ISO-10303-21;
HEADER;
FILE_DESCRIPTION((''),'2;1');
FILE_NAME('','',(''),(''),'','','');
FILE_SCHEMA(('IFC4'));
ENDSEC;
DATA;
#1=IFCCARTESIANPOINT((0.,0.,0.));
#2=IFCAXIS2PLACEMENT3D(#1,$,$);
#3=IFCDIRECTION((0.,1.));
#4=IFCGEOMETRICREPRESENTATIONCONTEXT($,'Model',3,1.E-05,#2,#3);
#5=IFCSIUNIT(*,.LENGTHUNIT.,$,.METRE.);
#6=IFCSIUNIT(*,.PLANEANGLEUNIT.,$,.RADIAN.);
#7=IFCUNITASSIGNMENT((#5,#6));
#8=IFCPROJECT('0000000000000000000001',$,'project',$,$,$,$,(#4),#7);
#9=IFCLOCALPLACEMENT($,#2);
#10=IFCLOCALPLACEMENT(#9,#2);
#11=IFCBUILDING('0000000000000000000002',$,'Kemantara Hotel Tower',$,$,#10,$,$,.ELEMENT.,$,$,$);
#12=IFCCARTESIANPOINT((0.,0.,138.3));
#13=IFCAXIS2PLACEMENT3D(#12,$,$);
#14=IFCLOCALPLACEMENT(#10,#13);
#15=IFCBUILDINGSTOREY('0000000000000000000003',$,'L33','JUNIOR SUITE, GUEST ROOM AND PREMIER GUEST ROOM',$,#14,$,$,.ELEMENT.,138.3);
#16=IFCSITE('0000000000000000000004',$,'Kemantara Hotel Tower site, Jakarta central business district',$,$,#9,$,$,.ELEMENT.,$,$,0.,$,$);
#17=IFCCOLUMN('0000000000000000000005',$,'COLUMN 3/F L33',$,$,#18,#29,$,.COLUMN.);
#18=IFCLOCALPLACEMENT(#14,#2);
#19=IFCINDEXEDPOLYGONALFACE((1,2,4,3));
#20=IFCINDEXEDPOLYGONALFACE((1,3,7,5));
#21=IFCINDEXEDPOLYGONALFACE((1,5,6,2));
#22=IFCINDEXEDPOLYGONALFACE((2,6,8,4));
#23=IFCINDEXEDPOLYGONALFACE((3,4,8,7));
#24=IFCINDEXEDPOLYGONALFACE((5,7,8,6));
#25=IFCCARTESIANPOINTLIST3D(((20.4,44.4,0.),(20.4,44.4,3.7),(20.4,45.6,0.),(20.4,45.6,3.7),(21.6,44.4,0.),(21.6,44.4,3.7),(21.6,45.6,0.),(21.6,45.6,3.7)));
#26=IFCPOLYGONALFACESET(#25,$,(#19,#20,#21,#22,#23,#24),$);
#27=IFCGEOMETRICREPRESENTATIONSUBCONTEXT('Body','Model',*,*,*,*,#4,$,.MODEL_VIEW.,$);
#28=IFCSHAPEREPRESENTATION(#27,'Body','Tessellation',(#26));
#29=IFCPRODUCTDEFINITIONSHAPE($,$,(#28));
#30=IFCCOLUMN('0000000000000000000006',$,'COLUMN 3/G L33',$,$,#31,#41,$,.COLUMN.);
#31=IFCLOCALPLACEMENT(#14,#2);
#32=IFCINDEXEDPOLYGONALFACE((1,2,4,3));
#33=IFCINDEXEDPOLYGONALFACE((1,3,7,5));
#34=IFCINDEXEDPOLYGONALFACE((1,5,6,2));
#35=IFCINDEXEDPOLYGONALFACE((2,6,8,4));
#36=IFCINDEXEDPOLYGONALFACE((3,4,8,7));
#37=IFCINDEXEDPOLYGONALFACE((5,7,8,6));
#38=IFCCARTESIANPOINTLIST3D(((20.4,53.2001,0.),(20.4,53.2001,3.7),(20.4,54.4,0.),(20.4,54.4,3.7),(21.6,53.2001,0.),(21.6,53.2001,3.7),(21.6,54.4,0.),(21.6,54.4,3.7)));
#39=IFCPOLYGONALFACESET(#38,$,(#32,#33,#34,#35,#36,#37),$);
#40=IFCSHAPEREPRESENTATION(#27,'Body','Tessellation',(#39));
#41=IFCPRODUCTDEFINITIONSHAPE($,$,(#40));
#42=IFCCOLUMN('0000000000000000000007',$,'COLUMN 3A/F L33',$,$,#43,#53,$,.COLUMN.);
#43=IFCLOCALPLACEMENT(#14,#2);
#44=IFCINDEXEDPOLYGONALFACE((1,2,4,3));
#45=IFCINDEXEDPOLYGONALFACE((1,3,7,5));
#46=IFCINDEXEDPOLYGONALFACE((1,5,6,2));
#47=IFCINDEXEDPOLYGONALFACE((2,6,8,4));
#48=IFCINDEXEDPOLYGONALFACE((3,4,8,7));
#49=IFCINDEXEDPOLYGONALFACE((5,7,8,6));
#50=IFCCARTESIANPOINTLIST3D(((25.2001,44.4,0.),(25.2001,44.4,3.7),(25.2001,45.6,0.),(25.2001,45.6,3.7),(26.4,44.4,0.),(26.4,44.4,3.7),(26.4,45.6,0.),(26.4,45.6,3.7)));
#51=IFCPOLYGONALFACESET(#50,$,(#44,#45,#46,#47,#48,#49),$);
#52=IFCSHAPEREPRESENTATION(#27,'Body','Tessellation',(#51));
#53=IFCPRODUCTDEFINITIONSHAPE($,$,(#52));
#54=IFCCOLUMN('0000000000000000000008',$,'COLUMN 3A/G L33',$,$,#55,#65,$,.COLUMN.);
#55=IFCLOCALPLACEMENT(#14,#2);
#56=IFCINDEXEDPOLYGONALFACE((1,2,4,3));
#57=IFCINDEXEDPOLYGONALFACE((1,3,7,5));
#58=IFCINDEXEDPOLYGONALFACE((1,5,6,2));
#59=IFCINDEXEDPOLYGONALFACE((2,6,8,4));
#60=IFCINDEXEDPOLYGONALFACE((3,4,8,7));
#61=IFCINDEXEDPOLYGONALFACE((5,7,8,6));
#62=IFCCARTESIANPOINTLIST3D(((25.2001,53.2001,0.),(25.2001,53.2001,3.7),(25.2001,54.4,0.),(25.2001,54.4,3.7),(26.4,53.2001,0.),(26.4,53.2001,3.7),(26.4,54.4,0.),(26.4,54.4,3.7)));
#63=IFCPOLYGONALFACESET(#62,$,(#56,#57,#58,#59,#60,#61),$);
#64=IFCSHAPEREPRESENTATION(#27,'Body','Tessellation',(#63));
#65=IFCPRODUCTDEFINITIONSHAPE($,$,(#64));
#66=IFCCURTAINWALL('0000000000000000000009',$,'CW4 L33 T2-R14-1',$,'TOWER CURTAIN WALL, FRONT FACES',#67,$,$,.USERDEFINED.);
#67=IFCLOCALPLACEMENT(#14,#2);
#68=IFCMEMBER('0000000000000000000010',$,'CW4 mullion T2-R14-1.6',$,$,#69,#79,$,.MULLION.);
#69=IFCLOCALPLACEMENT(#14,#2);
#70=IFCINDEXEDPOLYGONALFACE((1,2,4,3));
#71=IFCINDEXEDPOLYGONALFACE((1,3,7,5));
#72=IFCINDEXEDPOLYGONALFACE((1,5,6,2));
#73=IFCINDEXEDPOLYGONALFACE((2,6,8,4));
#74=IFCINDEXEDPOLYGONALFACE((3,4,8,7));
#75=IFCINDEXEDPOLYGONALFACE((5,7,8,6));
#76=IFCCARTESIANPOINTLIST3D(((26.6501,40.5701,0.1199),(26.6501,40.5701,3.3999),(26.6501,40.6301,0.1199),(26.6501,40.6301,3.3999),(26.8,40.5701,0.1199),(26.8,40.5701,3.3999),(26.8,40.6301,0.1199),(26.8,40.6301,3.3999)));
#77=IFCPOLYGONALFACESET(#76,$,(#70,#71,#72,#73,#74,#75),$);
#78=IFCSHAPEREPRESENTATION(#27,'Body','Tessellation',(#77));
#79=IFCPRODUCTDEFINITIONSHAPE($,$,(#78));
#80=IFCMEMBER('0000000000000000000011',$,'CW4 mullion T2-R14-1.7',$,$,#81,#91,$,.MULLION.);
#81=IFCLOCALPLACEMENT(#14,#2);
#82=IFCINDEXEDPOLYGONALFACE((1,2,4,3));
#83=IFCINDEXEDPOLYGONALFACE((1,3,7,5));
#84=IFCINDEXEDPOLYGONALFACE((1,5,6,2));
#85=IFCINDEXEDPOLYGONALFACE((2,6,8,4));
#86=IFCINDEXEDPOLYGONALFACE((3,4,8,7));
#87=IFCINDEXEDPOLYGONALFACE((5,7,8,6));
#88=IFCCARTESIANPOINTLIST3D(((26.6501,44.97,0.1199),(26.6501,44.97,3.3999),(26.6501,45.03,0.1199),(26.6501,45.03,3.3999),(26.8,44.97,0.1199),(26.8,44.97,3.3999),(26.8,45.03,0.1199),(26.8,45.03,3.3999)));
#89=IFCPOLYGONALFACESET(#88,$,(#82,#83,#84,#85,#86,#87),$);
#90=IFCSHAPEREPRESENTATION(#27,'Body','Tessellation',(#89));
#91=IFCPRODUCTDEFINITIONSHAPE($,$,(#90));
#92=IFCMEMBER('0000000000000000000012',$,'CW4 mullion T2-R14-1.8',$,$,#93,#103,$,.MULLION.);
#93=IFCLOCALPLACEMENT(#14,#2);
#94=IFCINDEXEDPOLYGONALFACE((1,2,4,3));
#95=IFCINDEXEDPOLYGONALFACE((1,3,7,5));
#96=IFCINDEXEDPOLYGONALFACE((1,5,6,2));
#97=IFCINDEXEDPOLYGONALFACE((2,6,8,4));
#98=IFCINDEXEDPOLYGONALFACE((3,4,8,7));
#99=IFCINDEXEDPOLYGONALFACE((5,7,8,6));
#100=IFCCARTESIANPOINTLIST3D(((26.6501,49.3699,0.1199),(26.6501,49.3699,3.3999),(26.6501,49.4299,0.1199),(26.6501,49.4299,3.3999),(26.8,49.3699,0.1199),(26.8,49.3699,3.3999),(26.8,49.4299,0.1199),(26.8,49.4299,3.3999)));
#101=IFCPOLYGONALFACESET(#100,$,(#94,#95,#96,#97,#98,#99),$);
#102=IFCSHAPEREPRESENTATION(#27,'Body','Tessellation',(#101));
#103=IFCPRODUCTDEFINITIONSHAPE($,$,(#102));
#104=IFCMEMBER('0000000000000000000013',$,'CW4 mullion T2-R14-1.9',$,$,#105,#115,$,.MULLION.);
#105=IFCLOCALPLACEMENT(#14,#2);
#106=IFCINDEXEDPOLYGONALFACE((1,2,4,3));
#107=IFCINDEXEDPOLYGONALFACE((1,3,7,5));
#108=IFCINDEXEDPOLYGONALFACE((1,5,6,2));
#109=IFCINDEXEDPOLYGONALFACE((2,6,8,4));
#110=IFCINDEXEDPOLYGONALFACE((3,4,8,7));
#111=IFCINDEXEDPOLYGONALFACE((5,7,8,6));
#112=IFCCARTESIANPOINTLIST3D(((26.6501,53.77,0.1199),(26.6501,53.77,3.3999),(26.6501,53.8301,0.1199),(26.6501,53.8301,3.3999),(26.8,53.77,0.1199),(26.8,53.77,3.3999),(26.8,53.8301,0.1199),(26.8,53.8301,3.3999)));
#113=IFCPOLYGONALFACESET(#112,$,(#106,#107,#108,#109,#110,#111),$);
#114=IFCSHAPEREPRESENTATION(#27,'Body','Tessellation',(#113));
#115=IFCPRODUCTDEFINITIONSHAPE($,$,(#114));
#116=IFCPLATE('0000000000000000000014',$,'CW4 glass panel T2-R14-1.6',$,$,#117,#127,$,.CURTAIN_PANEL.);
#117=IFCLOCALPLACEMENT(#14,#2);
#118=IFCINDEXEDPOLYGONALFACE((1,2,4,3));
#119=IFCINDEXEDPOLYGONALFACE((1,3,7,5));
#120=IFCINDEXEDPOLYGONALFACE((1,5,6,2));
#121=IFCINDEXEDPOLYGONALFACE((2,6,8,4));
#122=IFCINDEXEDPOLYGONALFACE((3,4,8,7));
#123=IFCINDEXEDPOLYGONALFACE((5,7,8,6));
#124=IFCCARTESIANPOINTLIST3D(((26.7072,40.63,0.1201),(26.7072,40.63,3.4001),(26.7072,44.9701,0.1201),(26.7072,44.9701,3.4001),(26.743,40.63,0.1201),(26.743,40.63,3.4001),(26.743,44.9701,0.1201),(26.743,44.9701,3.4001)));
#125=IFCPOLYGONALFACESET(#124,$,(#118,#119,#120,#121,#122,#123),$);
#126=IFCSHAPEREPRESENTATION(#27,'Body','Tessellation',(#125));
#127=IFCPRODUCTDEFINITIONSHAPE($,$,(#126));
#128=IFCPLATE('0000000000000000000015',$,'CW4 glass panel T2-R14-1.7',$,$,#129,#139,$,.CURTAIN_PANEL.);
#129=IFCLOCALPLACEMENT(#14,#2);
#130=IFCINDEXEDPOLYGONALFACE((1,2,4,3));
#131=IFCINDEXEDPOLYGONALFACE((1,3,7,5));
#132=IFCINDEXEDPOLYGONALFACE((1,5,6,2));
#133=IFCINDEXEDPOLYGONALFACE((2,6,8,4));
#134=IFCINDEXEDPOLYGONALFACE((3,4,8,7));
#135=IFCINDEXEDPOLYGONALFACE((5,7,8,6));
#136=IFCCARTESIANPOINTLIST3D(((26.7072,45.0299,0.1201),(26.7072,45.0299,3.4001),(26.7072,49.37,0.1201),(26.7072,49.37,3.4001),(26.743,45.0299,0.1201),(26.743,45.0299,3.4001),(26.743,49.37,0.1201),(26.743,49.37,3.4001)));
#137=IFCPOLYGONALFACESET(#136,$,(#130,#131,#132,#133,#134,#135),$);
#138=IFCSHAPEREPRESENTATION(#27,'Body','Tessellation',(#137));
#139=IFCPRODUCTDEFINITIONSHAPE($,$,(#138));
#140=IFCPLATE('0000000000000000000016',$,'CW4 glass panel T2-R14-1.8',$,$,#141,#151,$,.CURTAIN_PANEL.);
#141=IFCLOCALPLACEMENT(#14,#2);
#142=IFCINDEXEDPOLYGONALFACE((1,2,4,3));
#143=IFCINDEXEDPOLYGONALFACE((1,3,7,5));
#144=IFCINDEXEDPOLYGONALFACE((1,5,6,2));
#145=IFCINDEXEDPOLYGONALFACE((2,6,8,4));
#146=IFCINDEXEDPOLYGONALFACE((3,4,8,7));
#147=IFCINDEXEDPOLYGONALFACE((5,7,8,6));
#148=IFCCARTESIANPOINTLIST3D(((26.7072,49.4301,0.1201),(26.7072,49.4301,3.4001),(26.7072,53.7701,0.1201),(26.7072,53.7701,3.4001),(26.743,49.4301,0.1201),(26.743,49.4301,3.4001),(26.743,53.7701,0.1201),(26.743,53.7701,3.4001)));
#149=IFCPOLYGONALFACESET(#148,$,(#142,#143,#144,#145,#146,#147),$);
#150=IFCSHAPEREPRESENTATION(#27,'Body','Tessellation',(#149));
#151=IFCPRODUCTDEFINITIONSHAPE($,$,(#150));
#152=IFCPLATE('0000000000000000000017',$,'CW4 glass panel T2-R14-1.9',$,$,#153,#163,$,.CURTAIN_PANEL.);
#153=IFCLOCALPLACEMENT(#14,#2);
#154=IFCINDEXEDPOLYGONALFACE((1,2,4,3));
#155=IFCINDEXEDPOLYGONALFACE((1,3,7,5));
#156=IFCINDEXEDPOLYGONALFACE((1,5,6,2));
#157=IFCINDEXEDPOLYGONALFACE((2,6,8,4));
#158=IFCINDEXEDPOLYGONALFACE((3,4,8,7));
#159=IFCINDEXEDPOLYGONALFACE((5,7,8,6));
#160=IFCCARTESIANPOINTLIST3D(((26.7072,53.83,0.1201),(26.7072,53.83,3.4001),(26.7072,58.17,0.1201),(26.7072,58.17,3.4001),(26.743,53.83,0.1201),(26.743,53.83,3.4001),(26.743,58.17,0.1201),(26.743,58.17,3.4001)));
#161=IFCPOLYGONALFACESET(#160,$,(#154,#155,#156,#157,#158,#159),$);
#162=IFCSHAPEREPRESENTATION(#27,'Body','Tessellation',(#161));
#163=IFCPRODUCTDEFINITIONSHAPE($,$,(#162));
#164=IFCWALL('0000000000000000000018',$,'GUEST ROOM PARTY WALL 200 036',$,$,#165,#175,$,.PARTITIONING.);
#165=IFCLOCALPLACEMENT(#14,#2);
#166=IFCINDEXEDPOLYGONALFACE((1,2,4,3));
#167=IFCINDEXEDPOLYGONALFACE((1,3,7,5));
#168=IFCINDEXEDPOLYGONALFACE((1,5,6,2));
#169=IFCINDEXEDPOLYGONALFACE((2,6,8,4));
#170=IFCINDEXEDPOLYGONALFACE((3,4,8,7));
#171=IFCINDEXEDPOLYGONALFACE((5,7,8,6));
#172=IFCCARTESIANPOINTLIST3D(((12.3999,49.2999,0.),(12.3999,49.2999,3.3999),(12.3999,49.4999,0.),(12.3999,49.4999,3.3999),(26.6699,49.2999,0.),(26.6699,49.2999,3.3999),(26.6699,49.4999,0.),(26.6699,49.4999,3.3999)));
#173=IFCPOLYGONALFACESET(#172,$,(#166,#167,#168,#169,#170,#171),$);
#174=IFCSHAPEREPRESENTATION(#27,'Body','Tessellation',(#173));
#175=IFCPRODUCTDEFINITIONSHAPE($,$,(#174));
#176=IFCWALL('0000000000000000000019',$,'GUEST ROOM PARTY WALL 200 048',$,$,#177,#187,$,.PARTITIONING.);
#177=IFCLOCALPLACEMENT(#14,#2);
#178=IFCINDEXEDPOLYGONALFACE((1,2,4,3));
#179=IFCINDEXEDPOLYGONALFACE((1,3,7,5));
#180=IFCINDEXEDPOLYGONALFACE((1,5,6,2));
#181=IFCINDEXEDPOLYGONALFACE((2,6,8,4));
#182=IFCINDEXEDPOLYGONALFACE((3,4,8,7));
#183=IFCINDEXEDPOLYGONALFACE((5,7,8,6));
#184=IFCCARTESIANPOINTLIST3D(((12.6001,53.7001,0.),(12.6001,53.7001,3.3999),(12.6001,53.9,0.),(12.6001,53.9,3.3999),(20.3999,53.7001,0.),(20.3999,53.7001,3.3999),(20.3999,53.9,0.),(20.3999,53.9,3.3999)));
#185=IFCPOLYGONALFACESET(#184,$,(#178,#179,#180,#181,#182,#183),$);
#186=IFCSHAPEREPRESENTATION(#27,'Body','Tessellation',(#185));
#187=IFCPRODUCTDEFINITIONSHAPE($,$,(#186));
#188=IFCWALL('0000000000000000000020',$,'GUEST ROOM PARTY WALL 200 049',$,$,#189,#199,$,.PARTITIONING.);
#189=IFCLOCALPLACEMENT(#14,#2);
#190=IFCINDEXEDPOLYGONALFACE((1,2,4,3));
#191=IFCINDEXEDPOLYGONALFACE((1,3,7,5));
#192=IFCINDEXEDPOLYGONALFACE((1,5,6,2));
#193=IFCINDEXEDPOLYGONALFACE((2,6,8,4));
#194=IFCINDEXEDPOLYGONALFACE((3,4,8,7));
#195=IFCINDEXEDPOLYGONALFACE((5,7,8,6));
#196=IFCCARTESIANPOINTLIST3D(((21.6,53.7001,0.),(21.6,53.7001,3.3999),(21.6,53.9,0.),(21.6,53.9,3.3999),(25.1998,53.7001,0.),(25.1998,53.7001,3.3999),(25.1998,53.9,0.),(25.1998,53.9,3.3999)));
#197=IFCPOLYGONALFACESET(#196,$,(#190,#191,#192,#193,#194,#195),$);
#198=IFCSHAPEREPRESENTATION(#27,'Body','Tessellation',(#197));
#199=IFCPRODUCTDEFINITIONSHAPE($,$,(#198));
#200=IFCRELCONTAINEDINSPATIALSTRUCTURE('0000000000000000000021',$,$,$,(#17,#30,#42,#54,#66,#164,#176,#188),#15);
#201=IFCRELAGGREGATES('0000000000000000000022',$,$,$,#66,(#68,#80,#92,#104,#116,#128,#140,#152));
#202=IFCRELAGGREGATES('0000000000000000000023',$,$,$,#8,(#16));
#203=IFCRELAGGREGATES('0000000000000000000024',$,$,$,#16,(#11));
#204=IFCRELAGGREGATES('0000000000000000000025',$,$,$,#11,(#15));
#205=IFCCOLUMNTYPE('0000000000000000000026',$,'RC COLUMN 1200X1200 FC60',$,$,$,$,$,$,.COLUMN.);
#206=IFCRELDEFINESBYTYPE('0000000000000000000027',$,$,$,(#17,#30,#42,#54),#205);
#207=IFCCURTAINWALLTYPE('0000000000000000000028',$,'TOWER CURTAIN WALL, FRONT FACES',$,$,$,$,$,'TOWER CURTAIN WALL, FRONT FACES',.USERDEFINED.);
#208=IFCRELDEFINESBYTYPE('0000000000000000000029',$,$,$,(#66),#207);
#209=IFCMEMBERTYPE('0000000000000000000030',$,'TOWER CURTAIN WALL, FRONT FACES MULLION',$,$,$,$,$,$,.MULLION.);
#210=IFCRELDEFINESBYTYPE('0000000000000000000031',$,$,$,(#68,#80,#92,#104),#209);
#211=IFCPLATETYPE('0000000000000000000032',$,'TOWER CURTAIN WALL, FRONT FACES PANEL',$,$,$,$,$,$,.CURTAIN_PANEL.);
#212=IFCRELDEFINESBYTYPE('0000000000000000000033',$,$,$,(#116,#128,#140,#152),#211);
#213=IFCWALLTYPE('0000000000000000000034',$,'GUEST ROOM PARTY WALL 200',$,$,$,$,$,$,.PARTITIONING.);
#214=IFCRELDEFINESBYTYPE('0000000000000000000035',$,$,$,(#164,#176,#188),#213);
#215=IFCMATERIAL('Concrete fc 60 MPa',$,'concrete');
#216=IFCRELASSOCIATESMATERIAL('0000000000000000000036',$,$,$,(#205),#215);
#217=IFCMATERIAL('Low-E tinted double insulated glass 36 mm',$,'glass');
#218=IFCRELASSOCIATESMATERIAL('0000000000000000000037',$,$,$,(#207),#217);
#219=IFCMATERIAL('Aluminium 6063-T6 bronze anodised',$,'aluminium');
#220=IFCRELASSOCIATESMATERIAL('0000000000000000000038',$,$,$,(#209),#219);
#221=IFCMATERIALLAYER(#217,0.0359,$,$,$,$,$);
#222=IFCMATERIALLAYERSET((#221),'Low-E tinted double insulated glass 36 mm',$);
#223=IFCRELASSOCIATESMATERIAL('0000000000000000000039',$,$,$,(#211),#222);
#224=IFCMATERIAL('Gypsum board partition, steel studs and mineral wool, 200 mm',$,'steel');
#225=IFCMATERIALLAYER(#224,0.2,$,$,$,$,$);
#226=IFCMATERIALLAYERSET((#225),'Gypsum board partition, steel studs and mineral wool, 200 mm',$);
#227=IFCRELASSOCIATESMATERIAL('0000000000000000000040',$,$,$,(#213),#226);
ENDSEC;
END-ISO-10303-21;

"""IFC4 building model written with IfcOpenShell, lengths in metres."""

from ifc_helpers import new_model, si_unit, direction, frame, frame_2d, origin, origin_2d, place, context, subcontext, project, spatial, rectangle, extrude, source, transform, mapped, material, layer, layer_set, material_profile, profile_set, type_object, element, aggregate, save


model = new_model("IFC4")

# Units and contexts
model_context = context("Model", 3, precision=1e-05, world=origin(), true_north=direction((0.0, 1.0)))
body_context = subcontext(model_context, "Body", "Model", "MODEL_VIEW")
ifc_project = project(units=[si_unit("LENGTHUNIT", "METRE"), si_unit("PLANEANGLEUNIT", "RADIAN")], contexts=[model_context])

# Site, building, storey
site_placement = place(None, origin())
site = spatial("IfcSite", under=ifc_project, at=site_placement, Name="Kemantara Hotel Tower site, Jakarta central business district", CompositionType="ELEMENT", RefElevation=0.0)
building_placement = place(site_placement, origin())
building = spatial("IfcBuilding", under=site, at=building_placement, Name="Kemantara Hotel Tower", CompositionType="ELEMENT")
storey_placement = place(building_placement, frame((0.0, 0.0, 138.3)))
storey = spatial("IfcBuildingStorey", under=building, at=storey_placement, Name="L33", Description="JUNIOR SUITE, GUEST ROOM AND PREMIER GUEST ROOM", CompositionType="ELEMENT", Elevation=138.3)

# Columns
ifc_material_1 = material(Name="Concrete fc 60 MPa", Category="concrete")
ifc_material_profile_1 = material_profile(ifc_material_1, rectangle(XDim=1.2, YDim=1.2, at=origin_2d()), Name="RC 1200X1200")
ifc_profile_set_1 = profile_set([ifc_material_profile_1], Name="Concrete fc 60 MPa")
column_type = type_object("IfcColumnType", Name="RC COLUMN 1200X1200 FC60", PredefinedType="COLUMN", material=ifc_profile_set_1)
for number, where, z_axis, x_axis, name in (
    (1, (21.0, 45.0, 0.0), (0.0, 0.0, 1.0), (1.0, 0.0, 0.0), "COLUMN 3/F L33"),
    (2, (21.0, 53.8, 0.0), (0.0, 0.0, 1.0), (1.0, 0.0, 0.0), "COLUMN 3/G L33"),
    (3, (25.8, 45.0, 0.0), (0.0, 0.0, 1.0), (1.0, 0.0, 0.0), "COLUMN 3A/F L33"),
    (4, (25.8, 53.8, 0.0), (0.0, 0.0, 1.0), (1.0, 0.0, 0.0), "COLUMN 3A/G L33"),
):
    element("IfcColumn", number, at=place(storey_placement, frame(where, z_axis=z_axis, x_axis=x_axis)), inside=storey, type_object=column_type, Name=name, PredefinedType="COLUMN", context=body_context, shape_type="SweptSolid", body=[
        extrude(rectangle(XDim=1.2, YDim=1.2, at=origin_2d()), origin(), (0.0, 0.0, 1.0), 3.7),
    ])

# Curtain wall, members, plates
ifc_material_2 = material(Name="Low-E tinted double insulated glass 36 mm", Category="glass")
curtain_wall_type = type_object("IfcCurtainWallType", Name="TOWER CURTAIN WALL, FRONT FACES", ElementType="TOWER CURTAIN WALL, FRONT FACES", PredefinedType="USERDEFINED", material=ifc_material_2)
curtain_wall_placement = place(storey_placement, origin())
curtain_wall = element("IfcCurtainWall", 5, at=curtain_wall_placement, inside=storey, type_object=curtain_wall_type, Name="CW4 L33 T2-R14-1", ObjectType="TOWER CURTAIN WALL, FRONT FACES", PredefinedType="USERDEFINED")
ifc_material_3 = material(Name="Aluminium 6063-T6 bronze anodised", Category="aluminium")
ifc_material_profile_2 = material_profile(ifc_material_3, rectangle(XDim=0.1499, YDim=0.0601, at=origin_2d()), Name="TOWER CURTAIN WALL, FRONT FACES MULLION")
ifc_profile_set_2 = profile_set([ifc_material_profile_2], Name="Aluminium 6063-T6 bronze anodised")
member_type = type_object("IfcMemberType", Name="TOWER CURTAIN WALL, FRONT FACES MULLION", PredefinedType="MULLION", material=ifc_profile_set_2)
shared_shape_1 = source(origin(), body_context, "Body", "SweptSolid", [
    extrude(rectangle(XDim=0.1499, YDim=0.0601, at=origin_2d()), origin(), (0.0, 0.0, 1.0), 3.28),
])
member_1_placement = place(storey_placement, frame((26.7251, 40.6001, 0.1199), z_axis=(0.0, 0.0, 1.0), x_axis=(-1.0, 0.0, 0.0)))
member_1 = element("IfcMember", 6, at=member_1_placement, type_object=member_type, Name="CW4 mullion T2-R14-1.6", PredefinedType="MULLION", context=body_context, shape_type="MappedRepresentation", body=[
    mapped(shared_shape_1, transform((0.0, 0.0, 0.0))),
])
member_2_placement = place(storey_placement, frame((26.7251, 45.0, 0.1199), z_axis=(0.0, 0.0, 1.0), x_axis=(-1.0, 0.0, 0.0)))
member_2 = element("IfcMember", 7, at=member_2_placement, type_object=member_type, Name="CW4 mullion T2-R14-1.7", PredefinedType="MULLION", context=body_context, shape_type="MappedRepresentation", body=[
    mapped(shared_shape_1, transform((0.0, 0.0, 0.0))),
])
member_3_placement = place(storey_placement, frame((26.7251, 49.3999, 0.1199), z_axis=(0.0, 0.0, 1.0), x_axis=(-1.0, 0.0, 0.0)))
member_3 = element("IfcMember", 8, at=member_3_placement, type_object=member_type, Name="CW4 mullion T2-R14-1.8", PredefinedType="MULLION", context=body_context, shape_type="MappedRepresentation", body=[
    mapped(shared_shape_1, transform((0.0, 0.0, 0.0))),
])
member_4_placement = place(storey_placement, frame((26.7251, 53.8, 0.1199), z_axis=(0.0, 0.0, 1.0), x_axis=(-1.0, 0.0, 0.0)))
member_4 = element("IfcMember", 9, at=member_4_placement, type_object=member_type, Name="CW4 mullion T2-R14-1.9", PredefinedType="MULLION", context=body_context, shape_type="MappedRepresentation", body=[
    mapped(shared_shape_1, transform((0.0, 0.0, 0.0))),
])
ifc_layer_1 = layer(ifc_material_2, 0.0359)
ifc_layer_set_1 = layer_set([ifc_layer_1], Name="Low-E tinted double insulated glass 36 mm")
plate_type = type_object("IfcPlateType", Name="TOWER CURTAIN WALL, FRONT FACES PANEL", PredefinedType="CURTAIN_PANEL", material=ifc_layer_set_1)
shared_shape_2 = source(origin(), body_context, "Body", "SweptSolid", [
    extrude(rectangle(XDim=4.3401, YDim=0.0359, at=origin_2d()), origin(), (0.0, 0.0, 1.0), 3.28),
])
plate_1_placement = place(storey_placement, frame((26.7251, 42.8, 0.1201), z_axis=(0.0, 0.0, 1.0), x_axis=(0.0, 1.0, 0.0)))
plate_1 = element("IfcPlate", 10, at=plate_1_placement, type_object=plate_type, Name="CW4 glass panel T2-R14-1.6", PredefinedType="CURTAIN_PANEL", context=body_context, shape_type="MappedRepresentation", body=[
    mapped(shared_shape_2, transform((0.0, 0.0, 0.0))),
])
plate_2_placement = place(storey_placement, frame((26.7251, 47.2, 0.1201), z_axis=(0.0, 0.0, 1.0), x_axis=(0.0, 1.0, 0.0)))
plate_2 = element("IfcPlate", 11, at=plate_2_placement, type_object=plate_type, Name="CW4 glass panel T2-R14-1.7", PredefinedType="CURTAIN_PANEL", context=body_context, shape_type="MappedRepresentation", body=[
    mapped(shared_shape_2, transform((0.0, 0.0, 0.0))),
])
plate_3_placement = place(storey_placement, frame((26.7251, 51.6001, 0.1201), z_axis=(0.0, 0.0, 1.0), x_axis=(0.0, 1.0, 0.0)))
plate_3 = element("IfcPlate", 12, at=plate_3_placement, type_object=plate_type, Name="CW4 glass panel T2-R14-1.8", PredefinedType="CURTAIN_PANEL", context=body_context, shape_type="MappedRepresentation", body=[
    mapped(shared_shape_2, transform((0.0, 0.0, 0.0))),
])
plate_4_placement = place(storey_placement, frame((26.7251, 56.0, 0.1201), z_axis=(0.0, 0.0, 1.0), x_axis=(0.0, 1.0, 0.0)))
plate_4 = element("IfcPlate", 13, at=plate_4_placement, type_object=plate_type, Name="CW4 glass panel T2-R14-1.9", PredefinedType="CURTAIN_PANEL", context=body_context, shape_type="MappedRepresentation", body=[
    mapped(shared_shape_2, transform((0.0, 0.0, 0.0))),
])
aggregate(curtain_wall, [member_1, member_2, member_3, member_4, plate_1, plate_2, plate_3, plate_4])

# Walls
ifc_material_4 = material(Name="Gypsum board partition, steel studs and mineral wool, 200 mm", Category="steel")
ifc_layer_2 = layer(ifc_material_4, 0.2)
ifc_layer_set_2 = layer_set([ifc_layer_2], Name="Gypsum board partition, steel studs and mineral wool, 200 mm")
wall_type_1 = type_object("IfcWallType", Name="GUEST ROOM PARTY WALL 200", PredefinedType="PARTITIONING", material=ifc_layer_set_2)
wall_1_placement = place(storey_placement, frame((12.3999, 49.3999, 0.0), z_axis=(0.0, 0.0, 1.0), x_axis=(1.0, 0.0, 0.0)))
element("IfcWall", 14, at=wall_1_placement, inside=storey, type_object=wall_type_1, Name="GUEST ROOM PARTY WALL 200 036", PredefinedType="PARTITIONING", context=body_context, shape_type="SweptSolid", body=[
    extrude(rectangle(XDim=14.27, YDim=0.2, at=frame_2d((7.135, 0.0))), origin(), (0.0, 0.0, 1.0), 3.3999),
])
wall_2_placement = place(storey_placement, frame((12.6001, 53.8, 0.0), z_axis=(0.0, 0.0, 1.0), x_axis=(1.0, 0.0, 0.0)))
element("IfcWall", 15, at=wall_2_placement, inside=storey, type_object=wall_type_1, Name="GUEST ROOM PARTY WALL 200 048", PredefinedType="PARTITIONING", context=body_context, shape_type="SweptSolid", body=[
    extrude(rectangle(XDim=7.7998, YDim=0.2, at=frame_2d((3.8999, 0.0))), origin(), (0.0, 0.0, 1.0), 3.3999),
])
wall_3_placement = place(storey_placement, frame((21.6001, 53.8, 0.0), z_axis=(0.0, 0.0, 1.0), x_axis=(1.0, 0.0, 0.0)))
element("IfcWall", 16, at=wall_3_placement, inside=storey, type_object=wall_type_1, Name="GUEST ROOM PARTY WALL 200 049", PredefinedType="PARTITIONING", context=body_context, shape_type="SweptSolid", body=[
    extrude(rectangle(XDim=3.5999, YDim=0.2, at=frame_2d((1.7998, 0.0))), origin(), (0.0, 0.0, 1.0), 3.3999),
])

save(model, "model.ifc")
